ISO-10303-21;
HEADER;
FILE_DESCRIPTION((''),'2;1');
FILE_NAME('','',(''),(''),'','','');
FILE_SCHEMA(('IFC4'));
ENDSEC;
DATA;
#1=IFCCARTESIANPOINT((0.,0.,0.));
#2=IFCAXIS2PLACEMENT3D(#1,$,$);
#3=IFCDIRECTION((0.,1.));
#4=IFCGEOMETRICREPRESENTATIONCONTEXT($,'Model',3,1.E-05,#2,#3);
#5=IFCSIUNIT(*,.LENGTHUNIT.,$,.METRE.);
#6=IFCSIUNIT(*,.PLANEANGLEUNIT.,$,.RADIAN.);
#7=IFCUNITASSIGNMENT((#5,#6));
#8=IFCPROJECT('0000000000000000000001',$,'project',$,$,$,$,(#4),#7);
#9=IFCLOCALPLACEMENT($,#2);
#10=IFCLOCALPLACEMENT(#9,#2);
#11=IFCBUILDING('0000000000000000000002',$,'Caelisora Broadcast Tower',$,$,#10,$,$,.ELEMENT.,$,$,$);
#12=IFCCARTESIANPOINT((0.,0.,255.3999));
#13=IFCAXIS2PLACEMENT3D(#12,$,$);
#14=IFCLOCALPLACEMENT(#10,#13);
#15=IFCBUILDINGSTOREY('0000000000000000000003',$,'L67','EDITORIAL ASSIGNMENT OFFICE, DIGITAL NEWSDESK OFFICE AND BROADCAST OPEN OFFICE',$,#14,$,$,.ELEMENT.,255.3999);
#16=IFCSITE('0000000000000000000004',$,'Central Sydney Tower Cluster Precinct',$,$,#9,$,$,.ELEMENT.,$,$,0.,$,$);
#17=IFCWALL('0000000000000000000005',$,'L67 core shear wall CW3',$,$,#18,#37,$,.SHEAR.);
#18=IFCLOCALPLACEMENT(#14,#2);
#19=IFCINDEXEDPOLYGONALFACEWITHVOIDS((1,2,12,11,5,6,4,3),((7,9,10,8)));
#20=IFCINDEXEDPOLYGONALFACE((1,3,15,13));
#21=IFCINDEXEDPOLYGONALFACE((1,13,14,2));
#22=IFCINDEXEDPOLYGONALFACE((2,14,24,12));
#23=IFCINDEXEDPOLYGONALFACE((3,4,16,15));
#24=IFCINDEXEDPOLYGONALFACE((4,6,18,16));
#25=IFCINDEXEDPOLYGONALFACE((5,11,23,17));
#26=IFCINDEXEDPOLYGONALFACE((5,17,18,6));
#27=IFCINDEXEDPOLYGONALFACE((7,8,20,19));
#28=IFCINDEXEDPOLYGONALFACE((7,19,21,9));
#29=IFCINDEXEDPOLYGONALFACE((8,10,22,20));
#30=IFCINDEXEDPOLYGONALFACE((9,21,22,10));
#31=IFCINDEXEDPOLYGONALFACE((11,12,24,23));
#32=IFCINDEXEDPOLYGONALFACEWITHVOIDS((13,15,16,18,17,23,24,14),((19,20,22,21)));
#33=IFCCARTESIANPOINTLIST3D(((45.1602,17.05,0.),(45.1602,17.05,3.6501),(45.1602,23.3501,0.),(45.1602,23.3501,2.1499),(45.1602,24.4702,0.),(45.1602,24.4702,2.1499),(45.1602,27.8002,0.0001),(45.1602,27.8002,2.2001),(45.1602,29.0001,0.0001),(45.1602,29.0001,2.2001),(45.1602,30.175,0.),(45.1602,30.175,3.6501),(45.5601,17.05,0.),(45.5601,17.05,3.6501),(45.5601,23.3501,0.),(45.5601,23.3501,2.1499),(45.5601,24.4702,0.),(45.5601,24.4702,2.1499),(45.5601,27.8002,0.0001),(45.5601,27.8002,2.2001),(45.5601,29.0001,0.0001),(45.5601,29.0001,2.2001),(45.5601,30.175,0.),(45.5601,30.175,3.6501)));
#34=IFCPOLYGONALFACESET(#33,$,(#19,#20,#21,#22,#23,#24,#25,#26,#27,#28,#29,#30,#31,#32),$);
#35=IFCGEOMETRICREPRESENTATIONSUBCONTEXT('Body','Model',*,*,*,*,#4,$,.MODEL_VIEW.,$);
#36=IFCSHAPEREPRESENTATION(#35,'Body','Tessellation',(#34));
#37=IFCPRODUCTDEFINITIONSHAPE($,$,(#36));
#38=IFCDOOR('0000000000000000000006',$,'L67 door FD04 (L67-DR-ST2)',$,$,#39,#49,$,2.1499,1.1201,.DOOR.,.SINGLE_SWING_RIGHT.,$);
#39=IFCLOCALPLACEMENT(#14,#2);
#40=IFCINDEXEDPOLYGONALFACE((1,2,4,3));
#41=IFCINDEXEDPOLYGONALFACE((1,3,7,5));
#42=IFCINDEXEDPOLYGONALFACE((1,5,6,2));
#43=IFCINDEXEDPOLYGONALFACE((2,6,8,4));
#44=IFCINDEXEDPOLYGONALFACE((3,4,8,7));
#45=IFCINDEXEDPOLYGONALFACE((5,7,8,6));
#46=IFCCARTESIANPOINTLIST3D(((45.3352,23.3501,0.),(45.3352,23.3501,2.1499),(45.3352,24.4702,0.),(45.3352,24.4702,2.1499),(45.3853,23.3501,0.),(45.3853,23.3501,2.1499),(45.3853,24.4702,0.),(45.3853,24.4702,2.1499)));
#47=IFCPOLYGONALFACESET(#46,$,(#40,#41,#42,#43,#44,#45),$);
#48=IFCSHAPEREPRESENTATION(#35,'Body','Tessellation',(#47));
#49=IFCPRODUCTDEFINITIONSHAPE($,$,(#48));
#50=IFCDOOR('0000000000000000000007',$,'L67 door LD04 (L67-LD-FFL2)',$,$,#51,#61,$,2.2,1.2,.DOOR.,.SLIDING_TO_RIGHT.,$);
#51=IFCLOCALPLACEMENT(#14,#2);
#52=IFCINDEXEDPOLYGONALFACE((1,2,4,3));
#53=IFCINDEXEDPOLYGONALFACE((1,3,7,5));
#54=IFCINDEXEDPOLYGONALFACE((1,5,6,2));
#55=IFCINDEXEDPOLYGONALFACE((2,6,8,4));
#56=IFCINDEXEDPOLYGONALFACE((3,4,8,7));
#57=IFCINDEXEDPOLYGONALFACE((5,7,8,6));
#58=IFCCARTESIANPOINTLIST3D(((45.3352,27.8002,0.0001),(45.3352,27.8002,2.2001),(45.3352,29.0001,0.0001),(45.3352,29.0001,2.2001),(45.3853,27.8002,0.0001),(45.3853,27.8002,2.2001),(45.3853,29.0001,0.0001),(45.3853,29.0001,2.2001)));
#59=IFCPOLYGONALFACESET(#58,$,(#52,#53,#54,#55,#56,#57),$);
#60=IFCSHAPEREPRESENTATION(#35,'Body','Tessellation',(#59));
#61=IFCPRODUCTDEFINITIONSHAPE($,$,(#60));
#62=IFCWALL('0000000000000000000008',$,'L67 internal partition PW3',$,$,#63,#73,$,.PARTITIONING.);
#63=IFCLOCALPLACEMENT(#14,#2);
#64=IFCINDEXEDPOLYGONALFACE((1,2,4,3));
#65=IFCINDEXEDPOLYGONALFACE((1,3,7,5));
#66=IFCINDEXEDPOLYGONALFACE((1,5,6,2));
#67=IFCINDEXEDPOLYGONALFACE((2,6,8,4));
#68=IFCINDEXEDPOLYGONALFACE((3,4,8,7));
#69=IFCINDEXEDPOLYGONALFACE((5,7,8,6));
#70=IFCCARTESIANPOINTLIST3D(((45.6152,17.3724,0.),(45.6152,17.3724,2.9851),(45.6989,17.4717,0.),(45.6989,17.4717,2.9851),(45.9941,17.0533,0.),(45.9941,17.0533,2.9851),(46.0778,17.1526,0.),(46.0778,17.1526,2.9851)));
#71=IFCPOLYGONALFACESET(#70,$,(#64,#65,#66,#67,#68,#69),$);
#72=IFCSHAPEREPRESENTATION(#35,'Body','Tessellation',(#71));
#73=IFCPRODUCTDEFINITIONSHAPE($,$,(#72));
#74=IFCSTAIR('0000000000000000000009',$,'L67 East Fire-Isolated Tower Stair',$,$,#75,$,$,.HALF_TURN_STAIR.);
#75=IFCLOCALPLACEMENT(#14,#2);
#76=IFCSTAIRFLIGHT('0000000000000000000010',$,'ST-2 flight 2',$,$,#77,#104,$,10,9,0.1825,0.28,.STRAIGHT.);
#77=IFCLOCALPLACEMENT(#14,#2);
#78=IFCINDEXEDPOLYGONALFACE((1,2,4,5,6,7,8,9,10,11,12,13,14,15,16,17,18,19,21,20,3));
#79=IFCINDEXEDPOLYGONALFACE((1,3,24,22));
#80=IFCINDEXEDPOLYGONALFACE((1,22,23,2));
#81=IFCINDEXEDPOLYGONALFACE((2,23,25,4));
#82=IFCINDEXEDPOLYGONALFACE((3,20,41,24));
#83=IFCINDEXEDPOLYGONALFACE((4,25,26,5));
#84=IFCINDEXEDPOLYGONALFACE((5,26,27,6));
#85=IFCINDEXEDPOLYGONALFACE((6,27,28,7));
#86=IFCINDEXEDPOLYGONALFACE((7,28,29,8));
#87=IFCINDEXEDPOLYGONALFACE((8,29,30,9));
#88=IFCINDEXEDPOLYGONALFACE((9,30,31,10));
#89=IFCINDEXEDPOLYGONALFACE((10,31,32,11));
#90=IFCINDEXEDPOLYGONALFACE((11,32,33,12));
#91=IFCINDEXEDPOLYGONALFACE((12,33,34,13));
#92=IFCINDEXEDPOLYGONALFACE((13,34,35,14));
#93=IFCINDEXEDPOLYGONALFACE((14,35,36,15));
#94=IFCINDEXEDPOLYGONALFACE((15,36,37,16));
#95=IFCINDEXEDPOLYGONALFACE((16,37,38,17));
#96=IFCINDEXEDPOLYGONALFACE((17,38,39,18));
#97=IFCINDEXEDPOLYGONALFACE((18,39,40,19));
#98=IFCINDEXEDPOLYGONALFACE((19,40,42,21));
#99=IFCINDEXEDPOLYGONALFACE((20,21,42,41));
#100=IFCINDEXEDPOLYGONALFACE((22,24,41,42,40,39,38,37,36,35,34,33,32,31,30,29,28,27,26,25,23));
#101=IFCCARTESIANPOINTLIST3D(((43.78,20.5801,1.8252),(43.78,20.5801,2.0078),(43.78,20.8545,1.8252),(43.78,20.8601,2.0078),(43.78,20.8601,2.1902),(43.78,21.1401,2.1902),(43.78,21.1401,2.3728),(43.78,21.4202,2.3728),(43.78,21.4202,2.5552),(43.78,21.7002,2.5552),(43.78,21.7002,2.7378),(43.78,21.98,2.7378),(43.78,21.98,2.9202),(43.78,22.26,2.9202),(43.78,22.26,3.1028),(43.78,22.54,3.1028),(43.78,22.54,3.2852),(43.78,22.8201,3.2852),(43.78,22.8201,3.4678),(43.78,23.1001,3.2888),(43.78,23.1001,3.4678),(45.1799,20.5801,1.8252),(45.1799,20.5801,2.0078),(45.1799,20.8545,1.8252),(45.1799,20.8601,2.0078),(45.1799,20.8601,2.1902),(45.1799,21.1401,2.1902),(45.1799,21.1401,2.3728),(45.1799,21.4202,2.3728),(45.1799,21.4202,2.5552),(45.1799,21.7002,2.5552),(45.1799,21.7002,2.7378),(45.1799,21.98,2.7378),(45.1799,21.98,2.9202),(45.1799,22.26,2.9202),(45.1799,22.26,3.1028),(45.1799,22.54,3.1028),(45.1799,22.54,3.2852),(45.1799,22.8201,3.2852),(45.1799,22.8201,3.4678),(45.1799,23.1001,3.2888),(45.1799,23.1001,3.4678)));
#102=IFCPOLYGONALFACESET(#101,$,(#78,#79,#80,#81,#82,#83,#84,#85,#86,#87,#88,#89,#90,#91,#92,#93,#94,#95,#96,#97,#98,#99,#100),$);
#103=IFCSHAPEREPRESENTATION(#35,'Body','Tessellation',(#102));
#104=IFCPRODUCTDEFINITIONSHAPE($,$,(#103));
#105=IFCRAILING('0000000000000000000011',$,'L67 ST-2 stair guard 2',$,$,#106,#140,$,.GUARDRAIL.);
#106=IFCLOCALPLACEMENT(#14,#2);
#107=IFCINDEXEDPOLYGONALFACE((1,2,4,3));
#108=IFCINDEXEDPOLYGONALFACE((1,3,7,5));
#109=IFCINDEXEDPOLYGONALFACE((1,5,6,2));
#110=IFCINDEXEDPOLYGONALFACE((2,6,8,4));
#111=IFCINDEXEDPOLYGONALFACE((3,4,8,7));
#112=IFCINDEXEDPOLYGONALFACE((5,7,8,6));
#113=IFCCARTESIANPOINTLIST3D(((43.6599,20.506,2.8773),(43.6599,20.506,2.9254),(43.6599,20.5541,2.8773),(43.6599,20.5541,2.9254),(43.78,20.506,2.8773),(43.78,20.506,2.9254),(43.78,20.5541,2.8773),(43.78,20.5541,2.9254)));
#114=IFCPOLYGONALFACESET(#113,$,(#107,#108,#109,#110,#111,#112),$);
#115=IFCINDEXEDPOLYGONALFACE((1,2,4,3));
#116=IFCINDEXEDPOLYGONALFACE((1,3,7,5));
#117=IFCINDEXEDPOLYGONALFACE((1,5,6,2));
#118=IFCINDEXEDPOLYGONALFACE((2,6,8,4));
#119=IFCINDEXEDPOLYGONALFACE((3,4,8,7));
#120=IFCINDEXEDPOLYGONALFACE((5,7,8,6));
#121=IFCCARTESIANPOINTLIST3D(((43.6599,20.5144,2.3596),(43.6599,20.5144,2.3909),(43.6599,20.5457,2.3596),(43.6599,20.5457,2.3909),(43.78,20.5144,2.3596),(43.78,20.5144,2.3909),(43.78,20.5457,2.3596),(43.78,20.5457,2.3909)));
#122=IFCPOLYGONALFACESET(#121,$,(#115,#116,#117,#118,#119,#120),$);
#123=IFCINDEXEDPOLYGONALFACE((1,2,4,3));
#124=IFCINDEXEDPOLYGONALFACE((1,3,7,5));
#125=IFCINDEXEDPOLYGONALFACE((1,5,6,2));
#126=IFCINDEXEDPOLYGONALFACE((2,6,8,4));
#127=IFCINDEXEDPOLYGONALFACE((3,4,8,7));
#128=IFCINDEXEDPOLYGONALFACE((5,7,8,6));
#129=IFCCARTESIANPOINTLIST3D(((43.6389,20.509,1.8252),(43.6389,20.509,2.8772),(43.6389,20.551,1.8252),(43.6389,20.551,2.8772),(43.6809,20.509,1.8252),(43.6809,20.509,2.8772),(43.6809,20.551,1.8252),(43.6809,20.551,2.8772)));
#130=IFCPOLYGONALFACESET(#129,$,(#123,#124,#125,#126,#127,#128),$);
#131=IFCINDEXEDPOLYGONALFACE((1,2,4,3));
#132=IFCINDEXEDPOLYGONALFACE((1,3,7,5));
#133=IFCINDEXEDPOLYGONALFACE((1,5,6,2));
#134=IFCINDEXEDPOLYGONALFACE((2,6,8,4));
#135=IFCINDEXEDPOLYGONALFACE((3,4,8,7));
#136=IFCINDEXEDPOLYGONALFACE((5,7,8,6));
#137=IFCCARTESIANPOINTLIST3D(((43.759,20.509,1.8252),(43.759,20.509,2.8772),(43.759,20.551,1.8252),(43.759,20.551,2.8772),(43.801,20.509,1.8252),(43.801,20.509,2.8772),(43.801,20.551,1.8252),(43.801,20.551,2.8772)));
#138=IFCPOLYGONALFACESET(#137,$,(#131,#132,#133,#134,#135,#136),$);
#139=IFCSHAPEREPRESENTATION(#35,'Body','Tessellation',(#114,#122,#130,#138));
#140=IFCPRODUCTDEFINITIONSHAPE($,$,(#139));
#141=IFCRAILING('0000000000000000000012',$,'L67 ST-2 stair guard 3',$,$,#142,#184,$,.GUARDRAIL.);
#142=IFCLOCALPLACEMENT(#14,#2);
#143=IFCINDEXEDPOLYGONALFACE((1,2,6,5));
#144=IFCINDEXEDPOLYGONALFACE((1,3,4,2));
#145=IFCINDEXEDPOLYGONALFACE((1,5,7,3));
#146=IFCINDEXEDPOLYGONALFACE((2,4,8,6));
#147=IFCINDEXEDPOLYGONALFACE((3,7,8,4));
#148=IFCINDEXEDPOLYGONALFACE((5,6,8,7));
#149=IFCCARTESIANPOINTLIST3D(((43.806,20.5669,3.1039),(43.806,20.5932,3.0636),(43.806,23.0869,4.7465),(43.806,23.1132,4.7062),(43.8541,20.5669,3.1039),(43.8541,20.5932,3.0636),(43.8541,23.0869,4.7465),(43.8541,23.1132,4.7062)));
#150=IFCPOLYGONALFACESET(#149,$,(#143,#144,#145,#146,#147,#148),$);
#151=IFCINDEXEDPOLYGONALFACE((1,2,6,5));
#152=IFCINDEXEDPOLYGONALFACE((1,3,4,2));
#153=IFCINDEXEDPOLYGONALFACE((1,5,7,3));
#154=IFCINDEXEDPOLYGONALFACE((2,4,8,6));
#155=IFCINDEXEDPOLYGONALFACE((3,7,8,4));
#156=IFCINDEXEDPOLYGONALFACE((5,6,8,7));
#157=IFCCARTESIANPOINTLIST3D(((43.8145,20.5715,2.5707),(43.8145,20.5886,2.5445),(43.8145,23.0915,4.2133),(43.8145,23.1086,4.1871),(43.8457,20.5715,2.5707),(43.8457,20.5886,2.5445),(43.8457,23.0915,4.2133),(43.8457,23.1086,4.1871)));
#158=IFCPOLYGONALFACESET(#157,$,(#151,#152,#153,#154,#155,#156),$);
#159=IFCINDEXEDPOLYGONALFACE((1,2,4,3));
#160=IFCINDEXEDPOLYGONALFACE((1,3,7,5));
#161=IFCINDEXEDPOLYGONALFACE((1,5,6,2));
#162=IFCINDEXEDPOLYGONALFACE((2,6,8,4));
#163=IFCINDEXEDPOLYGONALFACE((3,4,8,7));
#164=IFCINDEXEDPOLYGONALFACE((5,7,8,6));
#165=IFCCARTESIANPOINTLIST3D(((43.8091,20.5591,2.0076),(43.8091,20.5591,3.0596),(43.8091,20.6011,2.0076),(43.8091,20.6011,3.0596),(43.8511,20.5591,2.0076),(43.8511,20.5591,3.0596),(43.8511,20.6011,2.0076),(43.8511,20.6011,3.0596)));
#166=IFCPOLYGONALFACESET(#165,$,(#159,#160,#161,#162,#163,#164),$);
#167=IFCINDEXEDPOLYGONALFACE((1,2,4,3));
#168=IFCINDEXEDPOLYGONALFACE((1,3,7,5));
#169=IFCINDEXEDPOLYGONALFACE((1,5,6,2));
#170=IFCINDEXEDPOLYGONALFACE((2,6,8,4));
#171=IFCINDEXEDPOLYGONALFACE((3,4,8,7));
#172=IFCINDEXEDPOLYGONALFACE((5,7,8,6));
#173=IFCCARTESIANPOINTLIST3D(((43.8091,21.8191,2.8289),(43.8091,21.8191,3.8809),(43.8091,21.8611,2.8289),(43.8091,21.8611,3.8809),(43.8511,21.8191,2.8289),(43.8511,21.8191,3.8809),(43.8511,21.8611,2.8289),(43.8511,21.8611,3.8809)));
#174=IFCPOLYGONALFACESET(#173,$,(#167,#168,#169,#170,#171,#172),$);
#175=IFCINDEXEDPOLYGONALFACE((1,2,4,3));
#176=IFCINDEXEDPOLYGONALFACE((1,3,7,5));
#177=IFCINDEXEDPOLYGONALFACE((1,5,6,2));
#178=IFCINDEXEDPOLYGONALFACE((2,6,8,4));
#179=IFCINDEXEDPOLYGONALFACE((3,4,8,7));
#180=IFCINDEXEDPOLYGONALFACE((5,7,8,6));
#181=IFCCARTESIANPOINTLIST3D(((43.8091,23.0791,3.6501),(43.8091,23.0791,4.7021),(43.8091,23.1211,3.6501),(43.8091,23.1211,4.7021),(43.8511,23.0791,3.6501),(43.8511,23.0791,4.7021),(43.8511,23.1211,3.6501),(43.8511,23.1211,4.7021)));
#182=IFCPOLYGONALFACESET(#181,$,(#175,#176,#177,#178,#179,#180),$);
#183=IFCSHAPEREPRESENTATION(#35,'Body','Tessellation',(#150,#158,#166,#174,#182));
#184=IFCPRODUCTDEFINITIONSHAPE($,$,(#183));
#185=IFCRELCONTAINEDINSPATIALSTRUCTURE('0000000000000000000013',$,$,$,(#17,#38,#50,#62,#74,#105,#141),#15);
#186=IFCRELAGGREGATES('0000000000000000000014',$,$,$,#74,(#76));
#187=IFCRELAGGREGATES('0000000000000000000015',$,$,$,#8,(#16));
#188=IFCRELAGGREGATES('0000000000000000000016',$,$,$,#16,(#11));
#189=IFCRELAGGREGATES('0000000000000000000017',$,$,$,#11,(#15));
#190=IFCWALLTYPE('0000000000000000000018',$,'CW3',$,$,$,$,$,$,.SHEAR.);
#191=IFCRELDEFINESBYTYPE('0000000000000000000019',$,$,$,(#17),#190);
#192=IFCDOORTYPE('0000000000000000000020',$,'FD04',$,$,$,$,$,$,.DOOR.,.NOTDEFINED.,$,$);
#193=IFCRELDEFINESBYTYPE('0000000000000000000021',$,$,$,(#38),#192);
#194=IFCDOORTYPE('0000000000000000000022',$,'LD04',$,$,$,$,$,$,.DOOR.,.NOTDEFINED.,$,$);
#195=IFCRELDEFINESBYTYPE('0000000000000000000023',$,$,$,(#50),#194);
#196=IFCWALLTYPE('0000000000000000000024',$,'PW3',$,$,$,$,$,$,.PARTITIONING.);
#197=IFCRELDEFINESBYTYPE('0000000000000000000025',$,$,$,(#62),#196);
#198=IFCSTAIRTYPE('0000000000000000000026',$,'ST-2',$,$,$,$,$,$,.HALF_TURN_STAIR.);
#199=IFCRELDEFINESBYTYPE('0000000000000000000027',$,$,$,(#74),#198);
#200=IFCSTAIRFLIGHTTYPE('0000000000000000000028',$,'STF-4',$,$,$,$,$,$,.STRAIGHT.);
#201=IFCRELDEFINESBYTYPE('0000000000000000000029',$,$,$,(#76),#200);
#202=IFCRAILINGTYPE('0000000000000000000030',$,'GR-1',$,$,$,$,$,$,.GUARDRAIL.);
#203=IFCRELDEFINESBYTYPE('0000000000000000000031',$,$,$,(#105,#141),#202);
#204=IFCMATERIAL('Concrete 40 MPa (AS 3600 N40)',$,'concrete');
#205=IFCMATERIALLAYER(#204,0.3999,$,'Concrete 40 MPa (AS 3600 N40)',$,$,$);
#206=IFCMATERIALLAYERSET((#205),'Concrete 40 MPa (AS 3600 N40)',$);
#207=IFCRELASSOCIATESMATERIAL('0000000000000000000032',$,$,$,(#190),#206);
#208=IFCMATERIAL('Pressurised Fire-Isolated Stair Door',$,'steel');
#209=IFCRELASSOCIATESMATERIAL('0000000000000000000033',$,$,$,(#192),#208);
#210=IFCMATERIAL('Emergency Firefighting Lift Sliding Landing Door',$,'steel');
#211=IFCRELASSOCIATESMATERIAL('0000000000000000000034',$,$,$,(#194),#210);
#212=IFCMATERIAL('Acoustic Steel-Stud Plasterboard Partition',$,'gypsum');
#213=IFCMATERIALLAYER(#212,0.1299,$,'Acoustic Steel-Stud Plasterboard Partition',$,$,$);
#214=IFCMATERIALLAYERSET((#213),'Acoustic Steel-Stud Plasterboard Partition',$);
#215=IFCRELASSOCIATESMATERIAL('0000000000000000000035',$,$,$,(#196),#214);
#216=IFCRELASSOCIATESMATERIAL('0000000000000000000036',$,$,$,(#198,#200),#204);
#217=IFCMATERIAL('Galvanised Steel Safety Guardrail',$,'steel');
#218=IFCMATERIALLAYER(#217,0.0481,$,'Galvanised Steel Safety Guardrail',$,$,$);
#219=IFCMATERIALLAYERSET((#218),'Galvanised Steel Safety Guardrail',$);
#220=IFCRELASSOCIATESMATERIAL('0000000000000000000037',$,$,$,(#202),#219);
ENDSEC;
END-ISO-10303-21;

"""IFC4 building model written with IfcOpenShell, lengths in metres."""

from ifc_helpers import new_model, si_unit, direction, frame, frame_2d, origin, origin_2d, place, context, subcontext, project, spatial, polyline, rectangle, outline, extrude, material, layer, layer_set, type_object, element, fill, aggregate, save


model = new_model("IFC4")

# Units and contexts
model_context = context("Model", 3, precision=1e-05, world=origin(), true_north=direction((0.0, 1.0)))
body_context = subcontext(model_context, "Body", "Model", "MODEL_VIEW")
ifc_project = project(units=[si_unit("LENGTHUNIT", "METRE"), si_unit("PLANEANGLEUNIT", "RADIAN")], contexts=[model_context])

# Site, building, storey
site_placement = place(None, origin())
site = spatial("IfcSite", under=ifc_project, at=site_placement, Name="Central Sydney Tower Cluster Precinct", CompositionType="ELEMENT", RefElevation=0.0)
building_placement = place(site_placement, origin())
building = spatial("IfcBuilding", under=site, at=building_placement, Name="Caelisora Broadcast Tower", CompositionType="ELEMENT")
storey_placement = place(building_placement, frame((0.0, 0.0, 255.3999)))
storey = spatial("IfcBuildingStorey", under=building, at=storey_placement, Name="L67", Description="EDITORIAL ASSIGNMENT OFFICE, DIGITAL NEWSDESK OFFICE AND BROADCAST OPEN OFFICE", CompositionType="ELEMENT", Elevation=255.3999)

# Wall, openings, doors
ifc_material_1 = material(Name="Concrete 40 MPa (AS 3600 N40)", Category="concrete")
ifc_layer_1 = layer(ifc_material_1, 0.3999, Name="Concrete 40 MPa (AS 3600 N40)")
ifc_layer_set_1 = layer_set([ifc_layer_1], Name="Concrete 40 MPa (AS 3600 N40)")
wall_type_1 = type_object("IfcWallType", Name="CW3", PredefinedType="SHEAR", material=ifc_layer_set_1)
wall_1_placement = place(storey_placement, frame((45.3601, 17.05, 0.0), z_axis=(0.0, 0.0, 1.0), x_axis=(0.0, 1.0, 0.0)))
wall_1 = element("IfcWall", 1, at=wall_1_placement, inside=storey, type_object=wall_type_1, Name="L67 core shear wall CW3", PredefinedType="SHEAR", context=body_context, shape_type="SweptSolid", body=[
    extrude(rectangle(XDim=13.125, YDim=0.3999, at=frame_2d((6.5625, 0.0))), origin(), (0.0, 0.0, 1.0), 3.6501),
])
opening_1_placement = place(wall_1_placement, frame((6.3, 0.0, 0.0)))
opening_1 = element("IfcOpeningElement", 2, at=opening_1_placement, cuts=wall_1, PredefinedType="OPENING", context=body_context, shape_type="SweptSolid", body=[
    extrude(rectangle(XDim=1.1201, YDim=2.1499, at=frame_2d((0.5601, 1.075))), frame((0.0, 0.2119, 0.0), z_axis=(0.0, -1.0, 0.0), x_axis=(1.0, 0.0, 0.0)), (0.0, 0.0, 1.0), 0.4238),
])
opening_2_placement = place(wall_1_placement, frame((10.75, 0.0, 0.0)))
opening_2 = element("IfcOpeningElement", 3, at=opening_2_placement, cuts=wall_1, PredefinedType="OPENING", context=body_context, shape_type="SweptSolid", body=[
    extrude(rectangle(XDim=1.2, YDim=2.2, at=frame_2d((0.6001, 1.1001))), frame((0.0, 0.2119, 0.0), z_axis=(0.0, -1.0, 0.0), x_axis=(1.0, 0.0, 0.0)), (0.0, 0.0, 1.0), 0.4238),
])
ifc_material_2 = material(Name="Pressurised Fire-Isolated Stair Door", Category="steel")
door_type_1 = type_object("IfcDoorType", Name="FD04", OperationType="NOTDEFINED", PredefinedType="DOOR", material=ifc_material_2)
door_1_placement = place(opening_1_placement, origin())
door_1 = element("IfcDoor", 4, at=door_1_placement, inside=storey, type_object=door_type_1, Name="L67 door FD04 (L67-DR-ST2)", OperationType="SINGLE_SWING_RIGHT", OverallHeight=2.1499, OverallWidth=1.1201, PredefinedType="DOOR", context=body_context, shape_type="SweptSolid", body=[
    extrude(rectangle(XDim=1.1201, YDim=2.1499, at=frame_2d((0.5601, 1.075))), frame((0.0, 0.0249, 0.0), z_axis=(0.0, -1.0, 0.0), x_axis=(1.0, 0.0, 0.0)), (0.0, 0.0, 1.0), 0.05),
])
fill(opening_1, door_1)
ifc_material_3 = material(Name="Emergency Firefighting Lift Sliding Landing Door", Category="steel")
door_type_2 = type_object("IfcDoorType", Name="LD04", OperationType="NOTDEFINED", PredefinedType="DOOR", material=ifc_material_3)
door_2_placement = place(opening_2_placement, origin())
door_2 = element("IfcDoor", 5, at=door_2_placement, inside=storey, type_object=door_type_2, Name="L67 door LD04 (L67-LD-FFL2)", OperationType="SLIDING_TO_RIGHT", OverallHeight=2.2, OverallWidth=1.2, PredefinedType="DOOR", context=body_context, shape_type="SweptSolid", body=[
    extrude(rectangle(XDim=1.2, YDim=2.2, at=frame_2d((0.6001, 1.1001))), frame((0.0, 0.0249, 0.0), z_axis=(0.0, -1.0, 0.0), x_axis=(1.0, 0.0, 0.0)), (0.0, 0.0, 1.0), 0.05),
])
fill(opening_2, door_2)

# Wall
ifc_material_4 = material(Name="Acoustic Steel-Stud Plasterboard Partition", Category="gypsum")
ifc_layer_2 = layer(ifc_material_4, 0.1299, Name="Acoustic Steel-Stud Plasterboard Partition")
ifc_layer_set_2 = layer_set([ifc_layer_2], Name="Acoustic Steel-Stud Plasterboard Partition")
wall_type_2 = type_object("IfcWallType", Name="PW3", PredefinedType="PARTITIONING", material=ifc_layer_set_2)
wall_2_placement = place(storey_placement, frame((46.0359, 17.103, 0.0), z_axis=(0.0, 0.0, 1.0), x_axis=(-0.764898, 0.644151, 0.0)))
element("IfcWall", 6, at=wall_2_placement, inside=storey, type_object=wall_type_2, Name="L67 internal partition PW3", PredefinedType="PARTITIONING", context=body_context, shape_type="SweptSolid", body=[
    extrude(rectangle(XDim=0.4954, YDim=0.1299, at=frame_2d((0.2476, 0.0))), origin(), (0.0, 0.0, 1.0), 2.9851),
])

# Stair, stair flight
stair_type = type_object("IfcStairType", Name="ST-2", PredefinedType="HALF_TURN_STAIR", material=ifc_material_1)
stair_placement = place(storey_placement, origin())
stair = element("IfcStair", 7, at=stair_placement, inside=storey, type_object=stair_type, Name="L67 East Fire-Isolated Tower Stair", PredefinedType="HALF_TURN_STAIR")
stair_flight_type = type_object("IfcStairFlightType", Name="STF-4", PredefinedType="STRAIGHT", material=ifc_material_1)
stair_flight_placement = place(storey_placement, frame((44.48, 20.5801, 1.8252), z_axis=(0.0, 0.0, 1.0), x_axis=(0.0, 1.0, 0.0)))
stair_flight = element("IfcStairFlight", 8, at=stair_flight_placement, type_object=stair_flight_type, Name="ST-2 flight 2", NumberOfRisers=10, NumberOfTreads=9, PredefinedType="STRAIGHT", RiserHeight=0.1825, TreadLength=0.28, context=body_context, shape_type="SweptSolid", body=[
    extrude(outline(polyline([(0.0, 0.0), (0.0, 0.1826), (0.28, 0.1826), (0.28, 0.365), (0.5601, 0.365), (0.5601, 0.5476), (0.8401, 0.5476), (0.8401, 0.73), (1.1201, 0.73), (1.1201, 0.9126), (1.3999, 0.9126), (1.3999, 1.095), (1.6799, 1.095), (1.6799, 1.2776), (1.96, 1.2776), (1.96, 1.46), (2.24, 1.46), (2.24, 1.6426), (2.52, 1.6426), (2.52, 1.825), (2.52, 1.4636), (0.2744, 0.0), (0.0, 0.0)])), frame((0.0, 0.7, 0.0), z_axis=(0.0, -1.0, 0.0), x_axis=(1.0, 0.0, 0.0)), (0.0, 0.0, 1.0), 1.3999),
])
aggregate(stair, [stair_flight])

# Railings
ifc_material_5 = material(Name="Galvanised Steel Safety Guardrail", Category="steel")
ifc_layer_3 = layer(ifc_material_5, 0.0481, Name="Galvanised Steel Safety Guardrail")
ifc_layer_set_3 = layer_set([ifc_layer_3], Name="Galvanised Steel Safety Guardrail")
railing_type_1 = type_object("IfcRailingType", Name="GR-1", PredefinedType="GUARDRAIL", material=ifc_layer_set_3)
railing_1_placement = place(storey_placement, frame((43.6599, 20.53, 1.8252)))
element("IfcRailing", 9, at=railing_1_placement, inside=storey, type_object=railing_type_1, Name="L67 ST-2 stair guard 2", PredefinedType="GUARDRAIL", context=body_context, shape_type="SweptSolid", body=[
    extrude(rectangle(XDim=0.0481, YDim=0.0481, at=origin_2d()), frame((0.0, 0.0, 1.0762), z_axis=(1.0, 0.0, 0.0), x_axis=(0.0, 1.0, 0.0)), (0.0, 0.0, 1.0), 0.1201),
    extrude(rectangle(XDim=0.0312, YDim=0.0312, at=origin_2d()), frame((0.0, 0.0, 0.55), z_axis=(1.0, 0.0, 0.0), x_axis=(0.0, 1.0, 0.0)), (0.0, 0.0, 1.0), 0.1201),
    extrude(rectangle(XDim=0.042, YDim=0.042, at=origin_2d()), origin(), (0.0, 0.0, 1.0), 1.052),
    extrude(rectangle(XDim=0.042, YDim=0.042, at=origin_2d()), frame((0.1201, 0.0, 0.0)), (0.0, 0.0, 1.0), 1.052),
])
railing_2_placement = place(storey_placement, frame((43.8301, 20.5801, 2.0076)))
element("IfcRailing", 10, at=railing_2_placement, inside=storey, type_object=railing_type_1, Name="L67 ST-2 stair guard 3", PredefinedType="GUARDRAIL", context=body_context, shape_type="SweptSolid", body=[
    extrude(rectangle(XDim=0.0481, YDim=0.0481, at=origin_2d()), frame((0.0, 0.0, 1.0762), z_axis=(0.0, 0.837749, 0.546055), x_axis=(-1.0, 0.0, 0.0)), (0.0, 0.0, 1.0), 3.0081),
    extrude(rectangle(XDim=0.0312, YDim=0.0312, at=origin_2d()), frame((0.0, 0.0, 0.55), z_axis=(0.0, 0.837749, 0.546055), x_axis=(-1.0, 0.0, 0.0)), (0.0, 0.0, 1.0), 3.0081),
    extrude(rectangle(XDim=0.042, YDim=0.042, at=origin_2d()), origin(), (0.0, 0.0, 1.0), 1.052),
    extrude(rectangle(XDim=0.042, YDim=0.042, at=origin_2d()), frame((0.0, 1.26, 0.8213)), (0.0, 0.0, 1.0), 1.052),
    extrude(rectangle(XDim=0.042, YDim=0.042, at=origin_2d()), frame((0.0, 2.52, 1.6426)), (0.0, 0.0, 1.0), 1.052),
])

save(model, "model.ifc")
